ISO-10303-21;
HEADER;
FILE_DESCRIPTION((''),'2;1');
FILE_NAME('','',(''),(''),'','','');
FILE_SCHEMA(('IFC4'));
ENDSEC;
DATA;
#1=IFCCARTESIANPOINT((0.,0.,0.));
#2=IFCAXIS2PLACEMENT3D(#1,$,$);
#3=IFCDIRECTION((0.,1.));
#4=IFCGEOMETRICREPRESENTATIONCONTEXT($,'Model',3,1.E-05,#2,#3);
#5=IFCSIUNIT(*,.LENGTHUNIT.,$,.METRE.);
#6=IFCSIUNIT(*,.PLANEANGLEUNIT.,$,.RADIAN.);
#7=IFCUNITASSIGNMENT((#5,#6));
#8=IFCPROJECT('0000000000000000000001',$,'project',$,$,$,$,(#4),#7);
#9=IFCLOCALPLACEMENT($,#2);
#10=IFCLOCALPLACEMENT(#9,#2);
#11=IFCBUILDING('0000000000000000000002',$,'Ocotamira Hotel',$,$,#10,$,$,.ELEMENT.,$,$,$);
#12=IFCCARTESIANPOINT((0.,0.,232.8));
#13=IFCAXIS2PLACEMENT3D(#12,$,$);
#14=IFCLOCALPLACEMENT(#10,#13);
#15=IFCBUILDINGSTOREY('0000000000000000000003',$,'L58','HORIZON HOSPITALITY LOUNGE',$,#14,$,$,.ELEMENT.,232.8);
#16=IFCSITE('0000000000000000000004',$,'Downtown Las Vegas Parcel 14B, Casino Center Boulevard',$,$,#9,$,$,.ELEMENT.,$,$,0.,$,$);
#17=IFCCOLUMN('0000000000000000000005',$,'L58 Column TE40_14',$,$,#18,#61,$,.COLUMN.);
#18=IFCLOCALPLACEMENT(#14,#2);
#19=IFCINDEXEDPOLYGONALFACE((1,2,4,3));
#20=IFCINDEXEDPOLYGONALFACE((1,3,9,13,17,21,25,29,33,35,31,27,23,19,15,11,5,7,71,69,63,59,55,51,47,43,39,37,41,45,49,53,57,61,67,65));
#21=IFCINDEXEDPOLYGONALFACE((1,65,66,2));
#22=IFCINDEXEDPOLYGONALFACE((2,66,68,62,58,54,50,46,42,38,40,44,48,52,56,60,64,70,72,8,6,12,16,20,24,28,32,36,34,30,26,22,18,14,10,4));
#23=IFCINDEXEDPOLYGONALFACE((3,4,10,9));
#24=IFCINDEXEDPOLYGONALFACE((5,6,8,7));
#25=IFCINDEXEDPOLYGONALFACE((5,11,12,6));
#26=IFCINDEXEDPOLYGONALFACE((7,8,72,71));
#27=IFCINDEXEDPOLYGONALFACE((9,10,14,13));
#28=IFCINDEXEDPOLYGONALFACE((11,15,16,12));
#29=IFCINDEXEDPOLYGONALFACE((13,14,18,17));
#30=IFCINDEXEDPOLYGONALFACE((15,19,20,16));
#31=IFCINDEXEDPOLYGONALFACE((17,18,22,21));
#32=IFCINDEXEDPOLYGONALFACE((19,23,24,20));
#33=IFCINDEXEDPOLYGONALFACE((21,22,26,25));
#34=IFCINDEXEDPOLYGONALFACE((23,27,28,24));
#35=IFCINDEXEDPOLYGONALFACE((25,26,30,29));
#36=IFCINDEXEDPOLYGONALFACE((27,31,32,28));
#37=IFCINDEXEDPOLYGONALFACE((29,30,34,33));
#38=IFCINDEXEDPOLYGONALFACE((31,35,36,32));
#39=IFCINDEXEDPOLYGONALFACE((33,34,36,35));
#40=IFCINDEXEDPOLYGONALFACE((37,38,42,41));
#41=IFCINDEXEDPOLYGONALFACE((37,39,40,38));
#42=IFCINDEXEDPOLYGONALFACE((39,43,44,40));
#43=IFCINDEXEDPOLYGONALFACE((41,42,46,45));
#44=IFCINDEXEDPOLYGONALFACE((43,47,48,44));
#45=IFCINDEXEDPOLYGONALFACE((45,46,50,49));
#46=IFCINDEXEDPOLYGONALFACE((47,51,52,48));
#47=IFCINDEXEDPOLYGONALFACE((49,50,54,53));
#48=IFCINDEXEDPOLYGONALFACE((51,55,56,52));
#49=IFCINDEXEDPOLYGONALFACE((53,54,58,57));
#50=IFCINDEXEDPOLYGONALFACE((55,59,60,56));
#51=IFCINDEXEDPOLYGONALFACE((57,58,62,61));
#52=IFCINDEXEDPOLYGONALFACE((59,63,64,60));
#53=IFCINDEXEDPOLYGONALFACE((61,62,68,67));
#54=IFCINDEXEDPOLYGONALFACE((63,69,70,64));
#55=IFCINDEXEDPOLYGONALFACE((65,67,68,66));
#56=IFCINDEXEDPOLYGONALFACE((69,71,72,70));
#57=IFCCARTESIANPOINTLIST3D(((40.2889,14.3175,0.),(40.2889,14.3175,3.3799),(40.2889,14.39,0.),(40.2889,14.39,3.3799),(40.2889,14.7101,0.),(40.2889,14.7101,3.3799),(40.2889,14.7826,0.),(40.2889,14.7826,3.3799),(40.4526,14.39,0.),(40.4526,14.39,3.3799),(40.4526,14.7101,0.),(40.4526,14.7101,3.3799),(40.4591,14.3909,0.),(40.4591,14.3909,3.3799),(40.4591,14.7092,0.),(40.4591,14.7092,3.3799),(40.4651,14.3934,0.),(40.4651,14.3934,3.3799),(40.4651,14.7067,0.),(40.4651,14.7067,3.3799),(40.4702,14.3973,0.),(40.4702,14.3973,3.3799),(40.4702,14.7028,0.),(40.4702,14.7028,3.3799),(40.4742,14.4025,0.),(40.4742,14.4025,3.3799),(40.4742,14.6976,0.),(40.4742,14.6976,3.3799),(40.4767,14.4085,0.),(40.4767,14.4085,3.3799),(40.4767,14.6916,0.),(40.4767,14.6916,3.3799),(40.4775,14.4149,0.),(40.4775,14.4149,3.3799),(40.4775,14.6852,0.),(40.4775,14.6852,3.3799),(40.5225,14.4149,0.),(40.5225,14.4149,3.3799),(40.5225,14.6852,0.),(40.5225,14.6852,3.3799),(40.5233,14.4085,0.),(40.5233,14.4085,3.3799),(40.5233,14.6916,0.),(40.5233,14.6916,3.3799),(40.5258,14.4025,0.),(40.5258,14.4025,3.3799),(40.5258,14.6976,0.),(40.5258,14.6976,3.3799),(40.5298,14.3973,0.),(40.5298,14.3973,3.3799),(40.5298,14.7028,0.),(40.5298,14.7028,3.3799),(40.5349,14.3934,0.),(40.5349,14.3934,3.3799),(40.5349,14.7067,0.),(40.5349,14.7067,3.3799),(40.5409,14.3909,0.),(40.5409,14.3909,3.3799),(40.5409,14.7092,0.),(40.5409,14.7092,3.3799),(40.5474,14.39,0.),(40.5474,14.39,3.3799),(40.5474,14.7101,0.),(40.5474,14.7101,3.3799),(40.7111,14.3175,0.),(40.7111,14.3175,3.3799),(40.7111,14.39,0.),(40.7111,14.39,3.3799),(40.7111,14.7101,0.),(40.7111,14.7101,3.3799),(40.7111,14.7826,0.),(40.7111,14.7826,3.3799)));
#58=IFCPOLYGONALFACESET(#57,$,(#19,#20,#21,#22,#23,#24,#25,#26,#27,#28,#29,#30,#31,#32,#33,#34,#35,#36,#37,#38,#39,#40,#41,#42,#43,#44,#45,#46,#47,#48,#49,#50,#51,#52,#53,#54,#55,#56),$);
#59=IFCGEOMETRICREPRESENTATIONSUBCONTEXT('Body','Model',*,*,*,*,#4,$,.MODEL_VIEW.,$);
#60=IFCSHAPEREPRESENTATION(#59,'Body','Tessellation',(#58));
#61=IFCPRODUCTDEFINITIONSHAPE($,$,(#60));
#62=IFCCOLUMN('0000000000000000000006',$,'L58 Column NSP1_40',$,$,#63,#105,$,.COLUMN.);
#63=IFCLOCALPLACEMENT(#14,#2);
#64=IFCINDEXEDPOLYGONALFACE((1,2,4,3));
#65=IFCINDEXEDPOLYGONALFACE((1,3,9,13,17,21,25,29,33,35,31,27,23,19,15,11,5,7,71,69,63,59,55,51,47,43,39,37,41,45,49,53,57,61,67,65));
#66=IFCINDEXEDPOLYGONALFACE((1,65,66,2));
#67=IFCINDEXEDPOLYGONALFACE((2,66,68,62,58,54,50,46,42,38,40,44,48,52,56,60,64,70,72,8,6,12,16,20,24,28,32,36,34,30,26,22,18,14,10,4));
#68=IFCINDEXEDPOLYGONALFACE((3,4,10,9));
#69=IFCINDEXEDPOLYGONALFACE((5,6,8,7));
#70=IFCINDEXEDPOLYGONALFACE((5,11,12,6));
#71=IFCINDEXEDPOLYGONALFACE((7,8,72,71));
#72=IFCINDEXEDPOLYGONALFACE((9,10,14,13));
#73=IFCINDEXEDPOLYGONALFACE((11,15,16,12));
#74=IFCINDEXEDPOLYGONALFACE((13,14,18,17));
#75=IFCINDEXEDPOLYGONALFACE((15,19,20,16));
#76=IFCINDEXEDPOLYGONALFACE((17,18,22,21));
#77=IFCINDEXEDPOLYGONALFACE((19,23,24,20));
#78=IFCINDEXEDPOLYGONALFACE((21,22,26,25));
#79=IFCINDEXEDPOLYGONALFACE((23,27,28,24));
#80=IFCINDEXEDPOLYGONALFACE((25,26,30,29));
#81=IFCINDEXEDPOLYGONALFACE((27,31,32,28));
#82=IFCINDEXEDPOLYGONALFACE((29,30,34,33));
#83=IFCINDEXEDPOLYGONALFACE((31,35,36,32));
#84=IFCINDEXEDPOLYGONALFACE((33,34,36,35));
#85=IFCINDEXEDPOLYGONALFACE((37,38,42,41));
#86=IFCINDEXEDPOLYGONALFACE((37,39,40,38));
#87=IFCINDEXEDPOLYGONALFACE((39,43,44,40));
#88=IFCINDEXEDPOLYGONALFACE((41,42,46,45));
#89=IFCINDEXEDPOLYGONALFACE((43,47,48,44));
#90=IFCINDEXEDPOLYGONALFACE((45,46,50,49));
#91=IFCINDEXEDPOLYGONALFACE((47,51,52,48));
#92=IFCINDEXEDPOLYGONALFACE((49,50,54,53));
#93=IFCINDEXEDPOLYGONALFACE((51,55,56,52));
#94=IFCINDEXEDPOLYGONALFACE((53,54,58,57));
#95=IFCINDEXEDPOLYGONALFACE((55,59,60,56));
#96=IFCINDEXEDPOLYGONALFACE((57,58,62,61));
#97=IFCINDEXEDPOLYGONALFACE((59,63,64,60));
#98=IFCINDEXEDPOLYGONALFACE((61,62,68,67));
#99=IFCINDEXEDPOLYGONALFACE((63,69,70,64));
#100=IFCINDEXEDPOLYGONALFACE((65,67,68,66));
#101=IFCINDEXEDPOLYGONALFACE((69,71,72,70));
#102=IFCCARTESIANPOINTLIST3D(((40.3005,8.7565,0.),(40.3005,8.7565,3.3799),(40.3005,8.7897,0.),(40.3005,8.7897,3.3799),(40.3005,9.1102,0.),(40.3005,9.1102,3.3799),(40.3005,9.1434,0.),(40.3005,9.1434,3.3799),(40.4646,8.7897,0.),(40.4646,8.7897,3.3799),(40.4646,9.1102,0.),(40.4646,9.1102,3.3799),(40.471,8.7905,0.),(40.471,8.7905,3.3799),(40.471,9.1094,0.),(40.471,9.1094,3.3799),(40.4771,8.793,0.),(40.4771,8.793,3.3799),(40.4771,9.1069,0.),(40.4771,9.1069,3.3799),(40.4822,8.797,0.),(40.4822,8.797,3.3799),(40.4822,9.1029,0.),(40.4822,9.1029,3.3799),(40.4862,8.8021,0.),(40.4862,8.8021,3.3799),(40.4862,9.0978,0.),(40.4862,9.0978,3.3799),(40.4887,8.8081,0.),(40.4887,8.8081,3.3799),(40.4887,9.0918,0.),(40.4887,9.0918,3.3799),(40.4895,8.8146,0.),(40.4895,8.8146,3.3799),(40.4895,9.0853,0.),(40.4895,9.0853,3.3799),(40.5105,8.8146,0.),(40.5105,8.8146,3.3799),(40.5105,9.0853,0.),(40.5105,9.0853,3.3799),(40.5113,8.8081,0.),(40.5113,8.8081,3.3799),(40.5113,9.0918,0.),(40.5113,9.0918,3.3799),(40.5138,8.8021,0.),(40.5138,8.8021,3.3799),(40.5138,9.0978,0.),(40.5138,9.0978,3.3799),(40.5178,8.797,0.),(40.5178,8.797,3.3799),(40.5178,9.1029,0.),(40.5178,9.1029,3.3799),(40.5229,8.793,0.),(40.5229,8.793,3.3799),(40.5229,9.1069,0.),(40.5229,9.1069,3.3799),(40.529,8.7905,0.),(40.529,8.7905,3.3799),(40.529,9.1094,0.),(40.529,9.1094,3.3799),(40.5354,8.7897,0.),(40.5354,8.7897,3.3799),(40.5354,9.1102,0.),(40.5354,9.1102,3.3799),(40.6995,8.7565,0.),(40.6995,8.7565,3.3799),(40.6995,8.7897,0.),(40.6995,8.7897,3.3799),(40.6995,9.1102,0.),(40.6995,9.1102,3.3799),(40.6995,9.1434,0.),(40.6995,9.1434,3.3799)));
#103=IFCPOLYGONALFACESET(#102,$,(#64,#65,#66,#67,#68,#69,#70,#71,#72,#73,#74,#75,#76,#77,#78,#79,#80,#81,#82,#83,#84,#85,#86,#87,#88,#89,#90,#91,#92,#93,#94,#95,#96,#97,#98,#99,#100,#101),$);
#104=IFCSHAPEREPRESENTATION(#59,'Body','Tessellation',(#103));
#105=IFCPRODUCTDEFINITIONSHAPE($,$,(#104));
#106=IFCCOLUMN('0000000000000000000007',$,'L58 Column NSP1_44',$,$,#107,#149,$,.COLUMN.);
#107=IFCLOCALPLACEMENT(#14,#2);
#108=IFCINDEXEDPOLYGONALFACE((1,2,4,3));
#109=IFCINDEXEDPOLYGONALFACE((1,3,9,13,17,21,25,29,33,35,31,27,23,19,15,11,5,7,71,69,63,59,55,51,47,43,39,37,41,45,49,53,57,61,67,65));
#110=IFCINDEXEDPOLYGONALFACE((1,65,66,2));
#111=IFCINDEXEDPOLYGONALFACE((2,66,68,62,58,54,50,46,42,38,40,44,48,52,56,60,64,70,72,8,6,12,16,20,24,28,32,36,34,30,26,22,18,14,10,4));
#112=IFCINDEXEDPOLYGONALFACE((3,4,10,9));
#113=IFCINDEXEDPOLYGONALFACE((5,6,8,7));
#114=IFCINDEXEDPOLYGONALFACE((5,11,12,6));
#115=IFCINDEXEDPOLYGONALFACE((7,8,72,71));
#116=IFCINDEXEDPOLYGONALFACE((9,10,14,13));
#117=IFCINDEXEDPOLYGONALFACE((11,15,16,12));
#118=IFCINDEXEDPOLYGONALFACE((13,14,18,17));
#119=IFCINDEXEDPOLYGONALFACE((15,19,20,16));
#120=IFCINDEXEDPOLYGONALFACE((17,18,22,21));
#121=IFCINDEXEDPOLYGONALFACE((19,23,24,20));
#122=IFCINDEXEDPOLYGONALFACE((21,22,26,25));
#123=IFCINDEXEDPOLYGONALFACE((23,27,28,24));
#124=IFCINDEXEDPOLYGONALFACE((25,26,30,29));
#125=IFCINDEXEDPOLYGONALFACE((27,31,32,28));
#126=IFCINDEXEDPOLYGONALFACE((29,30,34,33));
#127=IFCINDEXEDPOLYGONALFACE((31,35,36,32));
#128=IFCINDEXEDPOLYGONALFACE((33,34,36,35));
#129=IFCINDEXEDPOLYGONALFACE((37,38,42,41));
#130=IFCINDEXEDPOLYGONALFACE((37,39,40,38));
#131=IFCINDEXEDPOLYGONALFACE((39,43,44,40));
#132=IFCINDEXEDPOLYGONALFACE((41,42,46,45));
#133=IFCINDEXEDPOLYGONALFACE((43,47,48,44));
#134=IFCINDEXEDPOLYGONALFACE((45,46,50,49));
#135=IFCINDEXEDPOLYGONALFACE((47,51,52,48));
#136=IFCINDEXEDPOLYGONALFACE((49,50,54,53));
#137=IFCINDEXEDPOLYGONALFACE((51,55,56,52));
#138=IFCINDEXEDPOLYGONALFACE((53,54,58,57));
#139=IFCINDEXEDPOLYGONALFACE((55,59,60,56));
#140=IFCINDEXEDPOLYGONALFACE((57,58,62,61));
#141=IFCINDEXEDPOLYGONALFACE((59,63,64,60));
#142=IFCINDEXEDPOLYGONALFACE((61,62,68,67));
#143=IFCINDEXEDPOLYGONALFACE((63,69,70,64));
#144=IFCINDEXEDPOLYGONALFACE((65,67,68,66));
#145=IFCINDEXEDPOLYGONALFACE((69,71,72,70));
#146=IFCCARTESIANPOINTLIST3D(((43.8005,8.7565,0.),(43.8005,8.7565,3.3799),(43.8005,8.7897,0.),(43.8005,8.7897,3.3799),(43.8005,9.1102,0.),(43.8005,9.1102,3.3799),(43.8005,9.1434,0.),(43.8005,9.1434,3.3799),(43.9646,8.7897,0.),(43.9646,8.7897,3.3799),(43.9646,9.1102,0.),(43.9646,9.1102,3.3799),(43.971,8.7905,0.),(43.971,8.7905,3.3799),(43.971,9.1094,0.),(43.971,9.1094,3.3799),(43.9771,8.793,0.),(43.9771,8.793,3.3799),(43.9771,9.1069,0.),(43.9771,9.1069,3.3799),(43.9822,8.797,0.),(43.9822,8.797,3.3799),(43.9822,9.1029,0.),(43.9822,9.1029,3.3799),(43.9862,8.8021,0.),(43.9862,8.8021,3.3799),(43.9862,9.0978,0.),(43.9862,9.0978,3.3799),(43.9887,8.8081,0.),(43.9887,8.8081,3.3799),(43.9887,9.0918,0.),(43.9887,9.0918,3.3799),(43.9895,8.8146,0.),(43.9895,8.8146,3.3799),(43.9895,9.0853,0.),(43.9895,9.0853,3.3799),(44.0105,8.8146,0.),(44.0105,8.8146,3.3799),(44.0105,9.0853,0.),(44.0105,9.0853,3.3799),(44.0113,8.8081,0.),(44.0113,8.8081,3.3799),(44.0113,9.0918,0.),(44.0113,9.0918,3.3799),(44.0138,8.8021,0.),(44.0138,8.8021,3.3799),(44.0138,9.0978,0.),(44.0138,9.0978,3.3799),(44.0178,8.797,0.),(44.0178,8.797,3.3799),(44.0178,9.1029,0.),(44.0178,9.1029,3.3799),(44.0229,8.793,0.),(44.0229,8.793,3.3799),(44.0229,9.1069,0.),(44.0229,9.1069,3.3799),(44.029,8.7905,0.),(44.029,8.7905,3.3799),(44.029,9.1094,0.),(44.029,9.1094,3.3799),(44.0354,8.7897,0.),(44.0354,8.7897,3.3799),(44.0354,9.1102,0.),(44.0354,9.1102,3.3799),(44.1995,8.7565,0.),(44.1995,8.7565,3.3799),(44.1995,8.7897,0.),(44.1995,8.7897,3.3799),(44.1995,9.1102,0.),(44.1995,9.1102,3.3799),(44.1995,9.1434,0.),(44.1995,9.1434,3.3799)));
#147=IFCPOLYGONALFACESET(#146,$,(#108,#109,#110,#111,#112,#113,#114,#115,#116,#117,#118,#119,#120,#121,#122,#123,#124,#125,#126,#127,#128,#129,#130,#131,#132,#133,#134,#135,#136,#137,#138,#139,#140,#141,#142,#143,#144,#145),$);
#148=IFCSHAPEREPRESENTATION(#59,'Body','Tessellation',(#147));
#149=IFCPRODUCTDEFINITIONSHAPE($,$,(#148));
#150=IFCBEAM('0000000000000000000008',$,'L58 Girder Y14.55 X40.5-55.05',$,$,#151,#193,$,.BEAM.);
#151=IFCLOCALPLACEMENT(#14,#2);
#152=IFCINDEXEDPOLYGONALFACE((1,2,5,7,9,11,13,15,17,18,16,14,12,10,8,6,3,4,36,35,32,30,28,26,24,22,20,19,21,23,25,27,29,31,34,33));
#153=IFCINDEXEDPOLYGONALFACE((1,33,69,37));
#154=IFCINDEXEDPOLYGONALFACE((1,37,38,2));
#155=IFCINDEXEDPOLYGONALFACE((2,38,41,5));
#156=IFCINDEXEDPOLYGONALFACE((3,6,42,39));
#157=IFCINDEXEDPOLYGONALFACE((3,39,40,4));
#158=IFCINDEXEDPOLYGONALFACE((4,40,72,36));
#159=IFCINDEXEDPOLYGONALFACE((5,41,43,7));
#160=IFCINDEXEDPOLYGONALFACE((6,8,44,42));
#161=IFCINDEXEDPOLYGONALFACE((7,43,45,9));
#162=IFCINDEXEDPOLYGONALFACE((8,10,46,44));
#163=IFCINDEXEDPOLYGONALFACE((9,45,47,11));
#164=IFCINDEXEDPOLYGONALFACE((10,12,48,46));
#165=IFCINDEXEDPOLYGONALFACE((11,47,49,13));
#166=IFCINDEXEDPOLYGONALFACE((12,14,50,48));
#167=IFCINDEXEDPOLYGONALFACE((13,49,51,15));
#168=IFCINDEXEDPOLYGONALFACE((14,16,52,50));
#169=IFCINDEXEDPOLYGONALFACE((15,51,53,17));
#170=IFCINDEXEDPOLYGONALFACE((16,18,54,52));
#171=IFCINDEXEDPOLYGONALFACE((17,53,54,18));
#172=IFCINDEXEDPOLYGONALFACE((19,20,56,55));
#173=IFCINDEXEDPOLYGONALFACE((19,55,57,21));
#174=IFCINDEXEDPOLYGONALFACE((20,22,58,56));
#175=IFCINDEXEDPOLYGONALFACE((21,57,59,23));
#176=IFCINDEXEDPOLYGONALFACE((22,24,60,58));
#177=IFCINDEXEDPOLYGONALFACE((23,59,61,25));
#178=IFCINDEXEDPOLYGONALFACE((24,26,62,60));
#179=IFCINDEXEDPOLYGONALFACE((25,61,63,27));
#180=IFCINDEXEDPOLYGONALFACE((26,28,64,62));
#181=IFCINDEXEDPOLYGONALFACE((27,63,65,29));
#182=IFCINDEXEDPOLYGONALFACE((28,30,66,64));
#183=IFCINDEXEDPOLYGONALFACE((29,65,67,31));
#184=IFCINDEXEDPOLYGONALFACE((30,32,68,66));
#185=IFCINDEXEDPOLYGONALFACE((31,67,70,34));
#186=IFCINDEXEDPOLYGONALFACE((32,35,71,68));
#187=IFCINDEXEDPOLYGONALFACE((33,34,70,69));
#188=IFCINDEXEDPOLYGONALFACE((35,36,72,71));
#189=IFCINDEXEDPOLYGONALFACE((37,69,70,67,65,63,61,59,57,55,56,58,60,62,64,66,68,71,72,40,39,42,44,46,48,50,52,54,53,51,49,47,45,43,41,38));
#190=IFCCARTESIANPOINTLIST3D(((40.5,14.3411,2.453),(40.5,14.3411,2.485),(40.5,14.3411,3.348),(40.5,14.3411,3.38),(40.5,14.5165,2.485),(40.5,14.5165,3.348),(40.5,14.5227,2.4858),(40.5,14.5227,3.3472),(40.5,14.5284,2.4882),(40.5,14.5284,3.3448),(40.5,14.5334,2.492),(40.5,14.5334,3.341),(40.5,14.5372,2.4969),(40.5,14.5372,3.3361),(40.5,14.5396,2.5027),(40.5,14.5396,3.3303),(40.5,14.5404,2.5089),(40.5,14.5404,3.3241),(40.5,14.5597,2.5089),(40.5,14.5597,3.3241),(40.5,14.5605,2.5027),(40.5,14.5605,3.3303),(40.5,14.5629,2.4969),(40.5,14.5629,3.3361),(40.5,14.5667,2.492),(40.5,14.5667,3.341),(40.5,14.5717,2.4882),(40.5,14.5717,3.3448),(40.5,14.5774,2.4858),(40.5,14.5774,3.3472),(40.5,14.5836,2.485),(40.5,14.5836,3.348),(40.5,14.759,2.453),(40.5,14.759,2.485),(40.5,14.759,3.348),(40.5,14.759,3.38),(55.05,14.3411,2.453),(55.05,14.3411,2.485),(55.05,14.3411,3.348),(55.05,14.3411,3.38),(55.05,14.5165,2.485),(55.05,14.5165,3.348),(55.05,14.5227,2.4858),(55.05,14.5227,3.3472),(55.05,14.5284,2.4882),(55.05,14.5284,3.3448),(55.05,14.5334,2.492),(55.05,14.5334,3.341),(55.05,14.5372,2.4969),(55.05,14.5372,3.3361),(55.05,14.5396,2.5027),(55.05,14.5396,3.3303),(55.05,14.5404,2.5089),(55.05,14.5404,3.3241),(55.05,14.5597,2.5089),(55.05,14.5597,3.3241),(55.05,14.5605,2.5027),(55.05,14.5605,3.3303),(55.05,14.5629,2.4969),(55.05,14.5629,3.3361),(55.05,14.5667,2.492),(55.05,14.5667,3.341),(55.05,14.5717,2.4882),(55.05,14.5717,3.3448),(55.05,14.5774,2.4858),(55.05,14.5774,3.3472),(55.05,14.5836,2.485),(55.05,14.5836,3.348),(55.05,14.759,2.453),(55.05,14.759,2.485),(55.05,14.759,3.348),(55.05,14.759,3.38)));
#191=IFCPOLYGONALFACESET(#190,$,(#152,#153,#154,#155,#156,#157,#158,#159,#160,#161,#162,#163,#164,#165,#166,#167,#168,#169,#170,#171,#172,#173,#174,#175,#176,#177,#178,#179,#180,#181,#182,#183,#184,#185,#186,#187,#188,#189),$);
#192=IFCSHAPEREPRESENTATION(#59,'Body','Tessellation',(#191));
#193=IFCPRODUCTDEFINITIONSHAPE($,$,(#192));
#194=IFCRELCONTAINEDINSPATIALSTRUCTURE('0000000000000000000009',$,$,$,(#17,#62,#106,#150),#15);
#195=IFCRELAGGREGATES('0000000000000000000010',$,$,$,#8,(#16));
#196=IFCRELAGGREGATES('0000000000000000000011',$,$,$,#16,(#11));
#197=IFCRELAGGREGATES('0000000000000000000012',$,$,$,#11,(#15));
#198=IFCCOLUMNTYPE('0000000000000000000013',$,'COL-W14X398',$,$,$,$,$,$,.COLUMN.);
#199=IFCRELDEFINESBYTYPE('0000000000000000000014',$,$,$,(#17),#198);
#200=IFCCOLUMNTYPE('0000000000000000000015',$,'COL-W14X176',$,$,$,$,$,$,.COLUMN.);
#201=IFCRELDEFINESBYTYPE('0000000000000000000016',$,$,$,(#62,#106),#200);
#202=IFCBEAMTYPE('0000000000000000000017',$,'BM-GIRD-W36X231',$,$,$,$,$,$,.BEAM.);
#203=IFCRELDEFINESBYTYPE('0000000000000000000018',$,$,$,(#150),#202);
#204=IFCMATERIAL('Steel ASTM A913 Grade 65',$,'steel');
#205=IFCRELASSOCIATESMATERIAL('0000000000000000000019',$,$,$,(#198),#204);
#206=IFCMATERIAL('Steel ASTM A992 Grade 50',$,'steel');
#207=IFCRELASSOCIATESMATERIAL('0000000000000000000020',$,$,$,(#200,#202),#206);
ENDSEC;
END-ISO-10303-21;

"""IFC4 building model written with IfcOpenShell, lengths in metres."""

from ifc_helpers import new_model, si_unit, direction, frame, origin, origin_2d, place, context, subcontext, project, spatial, i_section, extrude, source, transform, mapped, material, material_profile, profile_set, type_object, element, save


model = new_model("IFC4")

# Units and contexts
model_context = context("Model", 3, precision=1e-05, world=origin(), true_north=direction((0.0, 1.0)))
body_context = subcontext(model_context, "Body", "Model", "MODEL_VIEW")
ifc_project = project(units=[si_unit("LENGTHUNIT", "METRE"), si_unit("PLANEANGLEUNIT", "RADIAN")], contexts=[model_context])

# Site, building, storey
site_placement = place(None, origin())
site = spatial("IfcSite", under=ifc_project, at=site_placement, Name="Downtown Las Vegas Parcel 14B, Casino Center Boulevard", CompositionType="ELEMENT", RefElevation=0.0)
building_placement = place(site_placement, origin())
building = spatial("IfcBuilding", under=site, at=building_placement, Name="Ocotamira Hotel", CompositionType="ELEMENT")
storey_placement = place(building_placement, frame((0.0, 0.0, 232.8)))
storey = spatial("IfcBuildingStorey", under=building, at=storey_placement, Name="L58", Description="HORIZON HOSPITALITY LOUNGE", CompositionType="ELEMENT", Elevation=232.8)

# Columns
ifc_material_1 = material(Name="Steel ASTM A913 Grade 65", Category="steel")
ifc_material_profile_1 = material_profile(ifc_material_1, i_section(OverallWidth=0.4221, OverallDepth=0.4651, WebThickness=0.0449, FlangeThickness=0.0725, FilletRadius=0.0249, at=origin_2d()), Name="W14X398")
ifc_profile_set_1 = profile_set([ifc_material_profile_1], Name="Steel ASTM A913 Grade 65")
column_type_1 = type_object("IfcColumnType", Name="COL-W14X398", PredefinedType="COLUMN", material=ifc_profile_set_1)
shared_shape_1 = source(origin(), body_context, "Body", "SweptSolid", [
    extrude(i_section(OverallWidth=0.4221, OverallDepth=0.4651, WebThickness=0.0449, FlangeThickness=0.0725, FilletRadius=0.0249, at=origin_2d()), origin(), (0.0, 0.0, 1.0), 3.3799),
])
column_placement = place(storey_placement, frame((40.5, 14.55, 0.0), z_axis=(0.0, 0.0, 1.0), x_axis=(1.0, 0.0, 0.0)))
element("IfcColumn", 1, at=column_placement, inside=storey, type_object=column_type_1, Name="L58 Column TE40_14", PredefinedType="COLUMN", context=body_context, shape_type="MappedRepresentation", body=[
    mapped(shared_shape_1, transform((0.0, 0.0, 0.0), scale=1.0)),
])
ifc_material_2 = material(Name="Steel ASTM A992 Grade 50", Category="steel")
ifc_material_profile_2 = material_profile(ifc_material_2, i_section(OverallWidth=0.3989, OverallDepth=0.387, WebThickness=0.021, FlangeThickness=0.0332, FilletRadius=0.0249, at=origin_2d()), Name="W14X176")
ifc_profile_set_2 = profile_set([ifc_material_profile_2], Name="Steel ASTM A992 Grade 50")
column_type_2 = type_object("IfcColumnType", Name="COL-W14X176", PredefinedType="COLUMN", material=ifc_profile_set_2)
shared_shape_2 = source(origin(), body_context, "Body", "SweptSolid", [
    extrude(i_section(OverallWidth=0.3989, OverallDepth=0.387, WebThickness=0.021, FlangeThickness=0.0332, FilletRadius=0.0249, at=origin_2d()), origin(), (0.0, 0.0, 1.0), 3.3799),
])
for number, where, z_axis, x_axis, name in (
    (2, (40.5, 8.95, 0.0), (0.0, 0.0, 1.0), (1.0, 0.0, 0.0), "L58 Column NSP1_40"),
    (3, (44.0, 8.95, 0.0), (0.0, 0.0, 1.0), (1.0, 0.0, 0.0), "L58 Column NSP1_44"),
):
    element("IfcColumn", number, at=place(storey_placement, frame(where, z_axis=z_axis, x_axis=x_axis)), inside=storey, type_object=column_type_2, Name=name, PredefinedType="COLUMN", context=body_context, shape_type="MappedRepresentation", body=[
        mapped(shared_shape_2, transform((0.0, 0.0, 0.0), scale=1.0)),
    ])

# Beam
ifc_material_profile_3 = material_profile(ifc_material_2, i_section(OverallWidth=0.418, OverallDepth=0.927, WebThickness=0.0193, FlangeThickness=0.032, FilletRadius=0.0239, at=origin_2d()), Name="W36X231")
ifc_profile_set_3 = profile_set([ifc_material_profile_3], Name="Steel ASTM A992 Grade 50")
beam_type_1 = type_object("IfcBeamType", Name="BM-GIRD-W36X231", PredefinedType="BEAM", material=ifc_profile_set_3)
shared_shape_3 = source(origin(), body_context, "Body", "SweptSolid", [
    extrude(i_section(OverallWidth=0.418, OverallDepth=0.927, WebThickness=0.0193, FlangeThickness=0.032, FilletRadius=0.0239, at=origin_2d()), origin(), (0.0, 0.0, 1.0), 14.55),
])
beam_1_placement = place(storey_placement, frame((40.5, 14.55, 2.9165), z_axis=(1.0, 0.0, 0.0), x_axis=(0.0, 1.0, 0.0)))
element("IfcBeam", 4, at=beam_1_placement, inside=storey, type_object=beam_type_1, Name="L58 Girder Y14.55 X40.5-55.05", PredefinedType="BEAM", context=body_context, shape_type="MappedRepresentation", body=[
    mapped(shared_shape_3, transform((0.0, 0.0, 0.0), scale=1.0)),
])

save(model, "model.ifc")
